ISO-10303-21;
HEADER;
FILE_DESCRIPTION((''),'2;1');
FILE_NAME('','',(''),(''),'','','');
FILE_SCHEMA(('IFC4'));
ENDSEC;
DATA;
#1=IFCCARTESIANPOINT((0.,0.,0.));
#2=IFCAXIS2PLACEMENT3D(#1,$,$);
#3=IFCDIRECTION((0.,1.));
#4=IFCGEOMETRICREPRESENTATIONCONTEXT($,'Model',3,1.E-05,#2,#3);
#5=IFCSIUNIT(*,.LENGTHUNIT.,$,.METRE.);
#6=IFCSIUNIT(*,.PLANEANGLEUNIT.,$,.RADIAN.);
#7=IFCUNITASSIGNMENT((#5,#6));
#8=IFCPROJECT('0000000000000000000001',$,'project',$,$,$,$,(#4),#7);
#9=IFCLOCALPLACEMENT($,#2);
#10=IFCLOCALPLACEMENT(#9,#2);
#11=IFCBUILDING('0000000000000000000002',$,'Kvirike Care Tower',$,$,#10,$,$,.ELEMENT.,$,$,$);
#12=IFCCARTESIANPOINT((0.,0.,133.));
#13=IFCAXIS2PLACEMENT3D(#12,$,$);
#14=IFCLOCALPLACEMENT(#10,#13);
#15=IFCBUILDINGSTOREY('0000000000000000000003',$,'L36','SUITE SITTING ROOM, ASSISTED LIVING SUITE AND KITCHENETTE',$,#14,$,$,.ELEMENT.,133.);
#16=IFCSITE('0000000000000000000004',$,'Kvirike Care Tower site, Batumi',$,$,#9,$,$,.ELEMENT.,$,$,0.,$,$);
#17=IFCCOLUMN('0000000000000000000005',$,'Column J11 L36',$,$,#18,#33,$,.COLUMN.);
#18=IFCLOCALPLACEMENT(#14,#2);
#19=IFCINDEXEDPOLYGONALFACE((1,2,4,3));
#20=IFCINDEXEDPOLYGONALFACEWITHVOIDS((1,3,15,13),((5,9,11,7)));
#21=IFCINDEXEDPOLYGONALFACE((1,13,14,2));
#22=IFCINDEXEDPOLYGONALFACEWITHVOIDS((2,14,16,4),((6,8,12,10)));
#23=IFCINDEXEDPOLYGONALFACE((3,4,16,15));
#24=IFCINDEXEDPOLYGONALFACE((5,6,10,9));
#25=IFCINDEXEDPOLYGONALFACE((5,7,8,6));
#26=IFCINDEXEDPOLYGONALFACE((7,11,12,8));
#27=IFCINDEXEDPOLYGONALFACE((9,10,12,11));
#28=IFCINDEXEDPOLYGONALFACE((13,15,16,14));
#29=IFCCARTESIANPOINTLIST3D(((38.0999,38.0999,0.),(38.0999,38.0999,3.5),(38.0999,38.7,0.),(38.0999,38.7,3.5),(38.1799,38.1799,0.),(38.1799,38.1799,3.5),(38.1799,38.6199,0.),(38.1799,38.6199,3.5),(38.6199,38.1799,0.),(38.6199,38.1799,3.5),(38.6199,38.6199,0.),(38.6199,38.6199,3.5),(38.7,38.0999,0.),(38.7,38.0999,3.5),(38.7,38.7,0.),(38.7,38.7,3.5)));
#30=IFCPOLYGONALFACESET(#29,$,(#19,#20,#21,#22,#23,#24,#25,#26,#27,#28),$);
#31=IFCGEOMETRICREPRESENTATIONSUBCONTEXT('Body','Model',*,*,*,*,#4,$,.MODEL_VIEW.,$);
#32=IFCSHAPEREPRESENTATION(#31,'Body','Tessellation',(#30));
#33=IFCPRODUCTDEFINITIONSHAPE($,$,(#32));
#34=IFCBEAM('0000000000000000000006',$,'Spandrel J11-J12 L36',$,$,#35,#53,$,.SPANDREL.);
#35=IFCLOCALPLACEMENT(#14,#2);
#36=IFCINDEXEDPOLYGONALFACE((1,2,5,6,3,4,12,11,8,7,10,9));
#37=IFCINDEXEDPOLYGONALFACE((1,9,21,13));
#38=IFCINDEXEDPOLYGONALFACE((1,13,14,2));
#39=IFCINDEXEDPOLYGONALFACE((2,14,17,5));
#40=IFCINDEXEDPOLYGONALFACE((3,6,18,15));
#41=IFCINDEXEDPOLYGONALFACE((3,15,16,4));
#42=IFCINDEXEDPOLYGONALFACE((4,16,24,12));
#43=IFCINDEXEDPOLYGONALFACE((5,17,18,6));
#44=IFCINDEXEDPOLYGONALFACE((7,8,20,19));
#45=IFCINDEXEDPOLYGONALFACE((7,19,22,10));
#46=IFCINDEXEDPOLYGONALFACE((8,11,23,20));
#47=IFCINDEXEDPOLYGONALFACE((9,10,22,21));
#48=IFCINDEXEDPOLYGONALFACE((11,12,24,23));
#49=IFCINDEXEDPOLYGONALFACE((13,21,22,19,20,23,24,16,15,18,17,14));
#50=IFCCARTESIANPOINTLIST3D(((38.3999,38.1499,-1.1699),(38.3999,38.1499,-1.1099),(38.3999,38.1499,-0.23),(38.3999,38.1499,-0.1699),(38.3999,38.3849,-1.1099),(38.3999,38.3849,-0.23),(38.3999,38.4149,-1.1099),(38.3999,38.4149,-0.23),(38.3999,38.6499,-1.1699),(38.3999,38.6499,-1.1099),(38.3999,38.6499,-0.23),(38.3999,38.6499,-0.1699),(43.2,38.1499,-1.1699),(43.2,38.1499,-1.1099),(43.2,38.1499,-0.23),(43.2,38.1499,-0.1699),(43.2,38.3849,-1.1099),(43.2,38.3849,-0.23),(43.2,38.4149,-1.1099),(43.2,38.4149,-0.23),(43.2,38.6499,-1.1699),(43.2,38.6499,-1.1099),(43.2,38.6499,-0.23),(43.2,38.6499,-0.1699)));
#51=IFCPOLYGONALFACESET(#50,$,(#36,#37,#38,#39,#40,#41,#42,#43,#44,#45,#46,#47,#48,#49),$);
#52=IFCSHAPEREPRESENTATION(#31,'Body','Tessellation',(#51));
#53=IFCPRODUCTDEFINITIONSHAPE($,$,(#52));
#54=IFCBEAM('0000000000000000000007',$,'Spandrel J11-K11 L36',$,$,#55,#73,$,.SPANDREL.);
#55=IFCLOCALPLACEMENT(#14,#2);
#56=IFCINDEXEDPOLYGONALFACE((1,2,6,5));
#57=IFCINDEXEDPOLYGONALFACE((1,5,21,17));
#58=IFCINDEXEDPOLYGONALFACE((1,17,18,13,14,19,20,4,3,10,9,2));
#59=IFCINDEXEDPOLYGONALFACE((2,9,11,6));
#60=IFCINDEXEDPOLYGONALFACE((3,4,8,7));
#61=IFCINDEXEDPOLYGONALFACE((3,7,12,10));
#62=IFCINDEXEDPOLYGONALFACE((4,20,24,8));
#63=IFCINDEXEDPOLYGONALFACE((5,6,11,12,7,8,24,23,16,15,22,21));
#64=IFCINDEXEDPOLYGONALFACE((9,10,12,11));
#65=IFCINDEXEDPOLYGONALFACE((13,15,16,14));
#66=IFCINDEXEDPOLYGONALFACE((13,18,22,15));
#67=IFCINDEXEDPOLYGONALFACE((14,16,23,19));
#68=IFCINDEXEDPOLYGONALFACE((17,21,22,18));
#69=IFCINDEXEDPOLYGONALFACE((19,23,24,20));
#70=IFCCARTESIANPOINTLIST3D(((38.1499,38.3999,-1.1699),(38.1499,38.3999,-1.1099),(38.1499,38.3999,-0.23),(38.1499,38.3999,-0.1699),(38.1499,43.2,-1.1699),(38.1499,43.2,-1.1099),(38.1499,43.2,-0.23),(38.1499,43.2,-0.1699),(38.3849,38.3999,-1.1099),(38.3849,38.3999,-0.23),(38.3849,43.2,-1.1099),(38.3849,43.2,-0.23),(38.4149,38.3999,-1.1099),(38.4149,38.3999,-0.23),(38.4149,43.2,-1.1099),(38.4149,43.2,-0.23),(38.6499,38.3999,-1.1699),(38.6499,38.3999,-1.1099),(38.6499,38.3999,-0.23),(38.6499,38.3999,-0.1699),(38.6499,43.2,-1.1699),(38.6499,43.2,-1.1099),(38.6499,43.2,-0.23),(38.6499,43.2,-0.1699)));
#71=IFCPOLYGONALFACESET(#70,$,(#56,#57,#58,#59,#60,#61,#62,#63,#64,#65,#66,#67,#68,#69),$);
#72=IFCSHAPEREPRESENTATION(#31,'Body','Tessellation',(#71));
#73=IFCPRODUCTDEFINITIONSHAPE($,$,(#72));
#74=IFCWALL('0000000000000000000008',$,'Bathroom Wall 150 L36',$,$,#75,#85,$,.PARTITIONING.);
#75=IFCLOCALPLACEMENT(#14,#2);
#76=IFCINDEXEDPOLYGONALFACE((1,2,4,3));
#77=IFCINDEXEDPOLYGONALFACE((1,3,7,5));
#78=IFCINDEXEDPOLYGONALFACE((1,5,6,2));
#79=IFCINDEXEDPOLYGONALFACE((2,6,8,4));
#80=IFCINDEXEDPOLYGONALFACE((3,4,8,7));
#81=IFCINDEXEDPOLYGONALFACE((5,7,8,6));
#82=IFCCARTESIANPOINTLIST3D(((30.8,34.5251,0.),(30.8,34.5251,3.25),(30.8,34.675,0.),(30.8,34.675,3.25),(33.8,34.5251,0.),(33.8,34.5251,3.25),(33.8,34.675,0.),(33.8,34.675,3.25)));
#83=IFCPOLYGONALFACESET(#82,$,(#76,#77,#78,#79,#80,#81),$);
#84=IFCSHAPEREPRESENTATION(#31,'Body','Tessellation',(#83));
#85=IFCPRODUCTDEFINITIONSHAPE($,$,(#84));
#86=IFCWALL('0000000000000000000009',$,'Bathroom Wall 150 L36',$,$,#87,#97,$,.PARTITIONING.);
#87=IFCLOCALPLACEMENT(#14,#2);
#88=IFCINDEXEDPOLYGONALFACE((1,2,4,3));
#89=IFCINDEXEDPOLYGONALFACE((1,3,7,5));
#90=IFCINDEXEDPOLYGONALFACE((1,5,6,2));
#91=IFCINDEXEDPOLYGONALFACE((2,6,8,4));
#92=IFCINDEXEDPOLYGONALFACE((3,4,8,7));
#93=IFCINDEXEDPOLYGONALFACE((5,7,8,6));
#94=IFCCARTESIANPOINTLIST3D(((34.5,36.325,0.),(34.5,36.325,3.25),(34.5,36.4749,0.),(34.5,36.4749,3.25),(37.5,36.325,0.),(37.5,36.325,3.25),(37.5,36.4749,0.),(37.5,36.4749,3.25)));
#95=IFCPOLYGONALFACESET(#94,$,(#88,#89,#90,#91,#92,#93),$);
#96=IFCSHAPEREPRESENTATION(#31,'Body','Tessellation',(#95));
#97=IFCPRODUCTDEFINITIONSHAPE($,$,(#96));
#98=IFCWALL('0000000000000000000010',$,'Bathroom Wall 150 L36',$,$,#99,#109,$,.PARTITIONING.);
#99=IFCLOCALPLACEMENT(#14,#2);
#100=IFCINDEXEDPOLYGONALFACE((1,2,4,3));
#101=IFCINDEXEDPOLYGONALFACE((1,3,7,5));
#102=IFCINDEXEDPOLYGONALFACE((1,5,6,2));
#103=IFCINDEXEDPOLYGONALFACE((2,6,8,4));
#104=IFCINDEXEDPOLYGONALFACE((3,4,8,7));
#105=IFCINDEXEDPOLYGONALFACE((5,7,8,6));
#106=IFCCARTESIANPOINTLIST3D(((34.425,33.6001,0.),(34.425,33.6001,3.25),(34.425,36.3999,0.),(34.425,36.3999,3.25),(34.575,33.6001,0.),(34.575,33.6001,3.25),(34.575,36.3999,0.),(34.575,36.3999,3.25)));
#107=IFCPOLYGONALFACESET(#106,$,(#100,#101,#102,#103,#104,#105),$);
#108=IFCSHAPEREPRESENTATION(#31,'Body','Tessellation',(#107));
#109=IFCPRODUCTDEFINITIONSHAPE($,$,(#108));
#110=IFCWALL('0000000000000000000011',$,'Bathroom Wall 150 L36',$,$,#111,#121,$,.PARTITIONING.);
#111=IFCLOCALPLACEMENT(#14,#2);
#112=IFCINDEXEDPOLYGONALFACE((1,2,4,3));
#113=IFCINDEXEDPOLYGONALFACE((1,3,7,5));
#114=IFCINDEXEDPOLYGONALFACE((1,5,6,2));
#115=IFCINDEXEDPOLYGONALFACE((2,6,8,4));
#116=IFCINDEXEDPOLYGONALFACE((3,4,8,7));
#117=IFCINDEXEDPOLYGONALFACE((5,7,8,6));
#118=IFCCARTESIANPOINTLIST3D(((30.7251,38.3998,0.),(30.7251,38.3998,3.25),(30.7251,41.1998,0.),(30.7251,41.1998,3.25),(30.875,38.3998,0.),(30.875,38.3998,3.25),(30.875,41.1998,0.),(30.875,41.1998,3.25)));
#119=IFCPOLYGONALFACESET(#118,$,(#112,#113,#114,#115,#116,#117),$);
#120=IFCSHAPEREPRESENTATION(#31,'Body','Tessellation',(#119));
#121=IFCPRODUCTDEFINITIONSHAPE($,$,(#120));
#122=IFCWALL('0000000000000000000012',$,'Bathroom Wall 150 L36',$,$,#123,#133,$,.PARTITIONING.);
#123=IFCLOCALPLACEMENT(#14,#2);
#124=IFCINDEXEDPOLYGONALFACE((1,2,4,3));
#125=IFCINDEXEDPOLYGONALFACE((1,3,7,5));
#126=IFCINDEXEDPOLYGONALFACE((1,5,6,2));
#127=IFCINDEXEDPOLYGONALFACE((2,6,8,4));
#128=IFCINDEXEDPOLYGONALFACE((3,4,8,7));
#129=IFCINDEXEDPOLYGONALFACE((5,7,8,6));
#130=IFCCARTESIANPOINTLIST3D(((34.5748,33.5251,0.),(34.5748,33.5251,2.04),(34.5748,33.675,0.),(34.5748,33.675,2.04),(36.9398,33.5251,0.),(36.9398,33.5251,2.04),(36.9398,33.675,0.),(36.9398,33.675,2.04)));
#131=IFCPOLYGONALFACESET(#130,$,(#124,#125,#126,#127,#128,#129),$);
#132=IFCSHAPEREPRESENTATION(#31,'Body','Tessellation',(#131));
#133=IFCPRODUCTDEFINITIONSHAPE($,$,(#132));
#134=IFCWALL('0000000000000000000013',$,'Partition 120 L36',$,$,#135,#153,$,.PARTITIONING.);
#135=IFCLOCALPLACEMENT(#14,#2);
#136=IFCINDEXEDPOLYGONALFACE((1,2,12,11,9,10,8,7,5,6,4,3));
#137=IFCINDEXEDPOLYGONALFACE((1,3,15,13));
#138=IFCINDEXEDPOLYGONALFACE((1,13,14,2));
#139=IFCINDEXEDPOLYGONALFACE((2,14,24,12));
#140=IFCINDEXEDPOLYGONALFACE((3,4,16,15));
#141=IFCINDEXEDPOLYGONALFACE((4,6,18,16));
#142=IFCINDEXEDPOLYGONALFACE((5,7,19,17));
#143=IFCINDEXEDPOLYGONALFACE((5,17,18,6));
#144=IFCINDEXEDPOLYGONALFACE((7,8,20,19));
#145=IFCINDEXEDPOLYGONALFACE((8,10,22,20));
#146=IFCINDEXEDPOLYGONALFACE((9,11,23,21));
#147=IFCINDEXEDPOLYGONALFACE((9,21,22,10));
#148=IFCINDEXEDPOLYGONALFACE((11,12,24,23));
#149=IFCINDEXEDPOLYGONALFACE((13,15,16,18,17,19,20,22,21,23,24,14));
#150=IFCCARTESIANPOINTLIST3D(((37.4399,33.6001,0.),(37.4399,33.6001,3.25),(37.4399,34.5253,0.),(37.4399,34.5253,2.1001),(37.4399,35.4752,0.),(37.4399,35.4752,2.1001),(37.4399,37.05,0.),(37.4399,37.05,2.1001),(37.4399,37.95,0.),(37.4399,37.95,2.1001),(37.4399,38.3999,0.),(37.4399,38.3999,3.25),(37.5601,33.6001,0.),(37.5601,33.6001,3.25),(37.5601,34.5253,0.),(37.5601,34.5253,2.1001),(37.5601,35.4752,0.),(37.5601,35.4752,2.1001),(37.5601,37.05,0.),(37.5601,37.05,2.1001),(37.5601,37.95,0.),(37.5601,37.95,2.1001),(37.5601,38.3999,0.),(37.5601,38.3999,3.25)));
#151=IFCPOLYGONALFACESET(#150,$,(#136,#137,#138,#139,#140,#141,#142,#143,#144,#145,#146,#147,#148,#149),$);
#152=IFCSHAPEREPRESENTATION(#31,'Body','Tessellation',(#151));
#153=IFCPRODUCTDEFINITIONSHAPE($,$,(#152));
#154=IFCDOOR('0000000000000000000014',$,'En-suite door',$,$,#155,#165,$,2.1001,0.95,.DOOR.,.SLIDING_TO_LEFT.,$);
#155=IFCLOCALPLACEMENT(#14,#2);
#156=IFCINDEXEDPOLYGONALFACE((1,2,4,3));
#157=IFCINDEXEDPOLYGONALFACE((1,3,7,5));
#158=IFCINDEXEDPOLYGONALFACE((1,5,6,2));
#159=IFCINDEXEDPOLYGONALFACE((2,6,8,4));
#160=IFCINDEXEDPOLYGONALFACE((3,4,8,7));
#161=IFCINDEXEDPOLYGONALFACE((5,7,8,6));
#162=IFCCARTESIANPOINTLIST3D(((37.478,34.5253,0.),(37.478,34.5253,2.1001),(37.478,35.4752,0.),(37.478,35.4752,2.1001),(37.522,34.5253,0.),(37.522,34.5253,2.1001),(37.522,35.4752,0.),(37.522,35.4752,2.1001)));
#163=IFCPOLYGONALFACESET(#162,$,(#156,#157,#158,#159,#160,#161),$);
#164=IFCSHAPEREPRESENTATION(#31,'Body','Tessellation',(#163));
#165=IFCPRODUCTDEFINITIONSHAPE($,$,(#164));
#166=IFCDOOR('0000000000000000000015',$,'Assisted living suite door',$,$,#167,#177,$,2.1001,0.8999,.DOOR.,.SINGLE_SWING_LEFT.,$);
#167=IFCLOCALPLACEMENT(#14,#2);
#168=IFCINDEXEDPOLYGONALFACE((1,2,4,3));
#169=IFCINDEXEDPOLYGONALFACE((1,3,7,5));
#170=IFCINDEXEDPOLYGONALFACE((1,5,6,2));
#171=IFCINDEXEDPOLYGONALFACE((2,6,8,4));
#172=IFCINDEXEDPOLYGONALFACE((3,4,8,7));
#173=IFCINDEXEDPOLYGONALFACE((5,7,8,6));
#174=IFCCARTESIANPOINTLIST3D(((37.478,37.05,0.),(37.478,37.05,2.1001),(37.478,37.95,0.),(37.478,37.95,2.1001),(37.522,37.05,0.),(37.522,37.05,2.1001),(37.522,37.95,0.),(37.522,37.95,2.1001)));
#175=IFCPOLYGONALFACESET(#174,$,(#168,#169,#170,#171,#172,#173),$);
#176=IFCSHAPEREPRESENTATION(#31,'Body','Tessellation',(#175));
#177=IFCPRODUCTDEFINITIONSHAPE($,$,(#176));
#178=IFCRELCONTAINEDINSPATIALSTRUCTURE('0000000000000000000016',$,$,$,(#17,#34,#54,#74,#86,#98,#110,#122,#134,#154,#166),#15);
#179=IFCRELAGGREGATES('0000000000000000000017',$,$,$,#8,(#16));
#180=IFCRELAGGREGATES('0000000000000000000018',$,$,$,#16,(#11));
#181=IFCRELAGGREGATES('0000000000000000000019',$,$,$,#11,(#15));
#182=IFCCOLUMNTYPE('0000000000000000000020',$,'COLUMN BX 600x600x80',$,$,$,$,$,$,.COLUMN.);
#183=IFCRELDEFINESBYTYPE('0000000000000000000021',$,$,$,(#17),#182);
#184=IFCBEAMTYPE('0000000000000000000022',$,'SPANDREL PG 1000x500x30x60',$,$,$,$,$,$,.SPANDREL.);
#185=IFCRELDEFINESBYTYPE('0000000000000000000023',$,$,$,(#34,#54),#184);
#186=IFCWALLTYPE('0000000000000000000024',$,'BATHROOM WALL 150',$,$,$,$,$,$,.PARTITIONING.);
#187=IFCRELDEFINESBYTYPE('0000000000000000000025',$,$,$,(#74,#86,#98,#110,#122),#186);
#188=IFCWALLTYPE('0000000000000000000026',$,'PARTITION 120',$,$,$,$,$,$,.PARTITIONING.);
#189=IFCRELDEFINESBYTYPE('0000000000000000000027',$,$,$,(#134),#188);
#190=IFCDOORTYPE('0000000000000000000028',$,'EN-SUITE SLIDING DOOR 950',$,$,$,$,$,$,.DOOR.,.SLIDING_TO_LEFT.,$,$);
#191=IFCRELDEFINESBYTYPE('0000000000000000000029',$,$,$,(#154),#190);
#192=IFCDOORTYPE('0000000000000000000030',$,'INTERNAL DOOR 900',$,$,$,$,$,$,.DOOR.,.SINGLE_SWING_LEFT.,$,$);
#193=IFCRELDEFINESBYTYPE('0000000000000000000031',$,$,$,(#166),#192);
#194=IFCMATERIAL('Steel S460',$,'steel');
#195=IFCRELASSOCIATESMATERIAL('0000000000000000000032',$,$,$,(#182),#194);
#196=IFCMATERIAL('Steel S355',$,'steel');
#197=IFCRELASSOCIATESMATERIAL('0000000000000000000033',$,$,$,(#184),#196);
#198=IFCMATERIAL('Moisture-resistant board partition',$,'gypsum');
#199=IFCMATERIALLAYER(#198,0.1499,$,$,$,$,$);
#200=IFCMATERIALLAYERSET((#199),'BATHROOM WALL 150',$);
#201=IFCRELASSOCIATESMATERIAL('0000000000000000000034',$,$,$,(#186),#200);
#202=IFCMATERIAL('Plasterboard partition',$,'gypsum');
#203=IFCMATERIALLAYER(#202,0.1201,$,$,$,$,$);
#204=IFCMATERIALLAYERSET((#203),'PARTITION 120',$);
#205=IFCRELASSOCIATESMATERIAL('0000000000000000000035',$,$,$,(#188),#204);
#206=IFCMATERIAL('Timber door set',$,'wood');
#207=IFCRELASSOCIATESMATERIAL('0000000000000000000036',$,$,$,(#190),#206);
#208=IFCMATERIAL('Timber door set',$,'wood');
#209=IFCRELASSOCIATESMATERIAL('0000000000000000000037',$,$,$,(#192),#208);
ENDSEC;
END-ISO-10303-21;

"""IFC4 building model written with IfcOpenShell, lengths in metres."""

from ifc_helpers import new_model, si_unit, direction, frame, frame_2d, origin, origin_2d, place, context, subcontext, project, spatial, rectangle, hollow_rectangle, i_section, extrude, material, layer, layer_set, material_profile, profile_set, type_object, element, fill, save


model = new_model("IFC4")

# Units and contexts
model_context = context("Model", 3, precision=1e-05, world=origin(), true_north=direction((0.0, 1.0)))
body_context = subcontext(model_context, "Body", "Model", "MODEL_VIEW")
ifc_project = project(units=[si_unit("LENGTHUNIT", "METRE"), si_unit("PLANEANGLEUNIT", "RADIAN")], contexts=[model_context])

# Site, building, storey
site_placement = place(None, origin())
site = spatial("IfcSite", under=ifc_project, at=site_placement, Name="Kvirike Care Tower site, Batumi", CompositionType="ELEMENT", RefElevation=0.0)
building_placement = place(site_placement, origin())
building = spatial("IfcBuilding", under=site, at=building_placement, Name="Kvirike Care Tower", CompositionType="ELEMENT")
storey_placement = place(building_placement, frame((0.0, 0.0, 133.0)))
storey = spatial("IfcBuildingStorey", under=building, at=storey_placement, Name="L36", Description="SUITE SITTING ROOM, ASSISTED LIVING SUITE AND KITCHENETTE", CompositionType="ELEMENT", Elevation=133.0)

# Column
ifc_material_1 = material(Name="Steel S460", Category="steel")
ifc_material_profile_1 = material_profile(ifc_material_1, hollow_rectangle(XDim=0.6001, YDim=0.6001, WallThickness=0.0801, at=origin_2d()), Name="BX 600x600x80")
ifc_profile_set_1 = profile_set([ifc_material_profile_1], Name="Steel S460")
column_type = type_object("IfcColumnType", Name="COLUMN BX 600x600x80", PredefinedType="COLUMN", material=ifc_profile_set_1)
column_placement = place(storey_placement, frame((38.3999, 38.3999, 0.0), z_axis=(0.0, 0.0, 1.0), x_axis=(0.0, 1.0, 0.0)))
element("IfcColumn", 1, at=column_placement, inside=storey, type_object=column_type, Name="Column J11 L36", PredefinedType="COLUMN", context=body_context, shape_type="SweptSolid", body=[
    extrude(hollow_rectangle(XDim=0.6001, YDim=0.6001, WallThickness=0.0801, at=origin_2d()), origin(), (0.0, 0.0, 1.0), 3.5),
])

# Beams
ifc_material_2 = material(Name="Steel S355", Category="steel")
ifc_material_profile_2 = material_profile(ifc_material_2, i_section(OverallWidth=0.5, OverallDepth=1.0, WebThickness=0.03, FlangeThickness=0.0601, at=origin_2d()), Name="PG 1000x500x30x60")
ifc_profile_set_2 = profile_set([ifc_material_profile_2], Name="Steel S355")
beam_type = type_object("IfcBeamType", Name="SPANDREL PG 1000x500x30x60", PredefinedType="SPANDREL", material=ifc_profile_set_2)
for number, where, z_axis, x_axis, name in (
    (2, (38.3999, 38.3999, -0.6699), (1.0, 0.0, 0.0), (0.0, 1.0, 0.0), "Spandrel J11-J12 L36"),
    (3, (38.3999, 38.3999, -0.6699), (0.0, 1.0, 0.0), (-1.0, 0.0, 0.0), "Spandrel J11-K11 L36"),
):
    element("IfcBeam", number, at=place(storey_placement, frame(where, z_axis=z_axis, x_axis=x_axis)), inside=storey, type_object=beam_type, Name=name, PredefinedType="SPANDREL", context=body_context, shape_type="SweptSolid", body=[
        extrude(i_section(OverallWidth=0.5, OverallDepth=1.0, WebThickness=0.03, FlangeThickness=0.0601, at=origin_2d()), origin(), (0.0, 0.0, 1.0), 4.8),
    ])

# Walls
ifc_material_3 = material(Name="Moisture-resistant board partition", Category="gypsum")
ifc_layer_1 = layer(ifc_material_3, 0.1499)
ifc_layer_set_1 = layer_set([ifc_layer_1], Name="BATHROOM WALL 150")
wall_type_1 = type_object("IfcWallType", Name="BATHROOM WALL 150", PredefinedType="PARTITIONING", material=ifc_layer_set_1)
for number, where, z_axis, x_axis, name in (
    (4, (33.8, 34.6001, 0.0), (0.0, 0.0, 1.0), (-1.0, 0.0, 0.0), "Bathroom Wall 150 L36"),
    (5, (37.5, 36.3999, 0.0), (0.0, 0.0, 1.0), (-1.0, 0.0, 0.0), "Bathroom Wall 150 L36"),
):
    element("IfcWall", number, at=place(storey_placement, frame(where, z_axis=z_axis, x_axis=x_axis)), inside=storey, type_object=wall_type_1, Name=name, PredefinedType="PARTITIONING", context=body_context, shape_type="SweptSolid", body=[
        extrude(rectangle(XDim=3.0, YDim=0.1499, at=frame_2d((1.5, 0.0))), origin(), (0.0, 0.0, 1.0), 3.25),
    ])
wall_1_placement = place(storey_placement, frame((34.5, 33.6001, 0.0), z_axis=(0.0, 0.0, 1.0), x_axis=(0.0, 1.0, 0.0)))
element("IfcWall", 6, at=wall_1_placement, inside=storey, type_object=wall_type_1, Name="Bathroom Wall 150 L36", PredefinedType="PARTITIONING", context=body_context, shape_type="SweptSolid", body=[
    extrude(rectangle(XDim=2.7998, YDim=0.1499, at=frame_2d((1.3999, 0.0))), origin(), (0.0, 0.0, 1.0), 3.25),
])
wall_2_placement = place(storey_placement, frame((30.8, 38.3999, 0.0), z_axis=(0.0, 0.0, 1.0), x_axis=(0.0, 1.0, 0.0)))
element("IfcWall", 7, at=wall_2_placement, inside=storey, type_object=wall_type_1, Name="Bathroom Wall 150 L36", PredefinedType="PARTITIONING", context=body_context, shape_type="SweptSolid", body=[
    extrude(rectangle(XDim=2.8, YDim=0.1499, at=frame_2d((1.3999, 0.0))), origin(), (0.0, 0.0, 1.0), 3.25),
])
wall_3_placement = place(storey_placement, frame((36.9399, 33.6001, 0.0), z_axis=(0.0, 0.0, 1.0), x_axis=(-1.0, 0.0, 0.0)))
element("IfcWall", 8, at=wall_3_placement, inside=storey, type_object=wall_type_1, Name="Bathroom Wall 150 L36", PredefinedType="PARTITIONING", context=body_context, shape_type="SweptSolid", body=[
    extrude(rectangle(XDim=2.365, YDim=0.1499, at=frame_2d((1.1826, 0.0))), origin(), (0.0, 0.0, 1.0), 2.04),
])

# Wall, openings, doors
ifc_material_4 = material(Name="Plasterboard partition", Category="gypsum")
ifc_layer_2 = layer(ifc_material_4, 0.1201)
ifc_layer_set_2 = layer_set([ifc_layer_2], Name="PARTITION 120")
wall_type_2 = type_object("IfcWallType", Name="PARTITION 120", PredefinedType="PARTITIONING", material=ifc_layer_set_2)
wall_4_placement = place(storey_placement, frame((37.5, 33.6001, 0.0), z_axis=(0.0, 0.0, 1.0), x_axis=(0.0, 1.0, 0.0)))
wall_4 = element("IfcWall", 9, at=wall_4_placement, inside=storey, type_object=wall_type_2, Name="Partition 120 L36", PredefinedType="PARTITIONING", context=body_context, shape_type="SweptSolid", body=[
    extrude(rectangle(XDim=4.7998, YDim=0.1201, at=frame_2d((2.3999, 0.0))), origin(), (0.0, 0.0, 1.0), 3.25),
])
opening_1_placement = place(wall_4_placement, frame((3.45, 0.0, 0.0)))
opening_1 = element("IfcOpeningElement", 10, at=opening_1_placement, cuts=wall_4, PredefinedType="OPENING", context=body_context, shape_type="SweptSolid", body=[
    extrude(rectangle(XDim=0.8999, YDim=2.1001, at=frame_2d((0.45, 1.05))), frame((0.0, 0.0706, 0.0), z_axis=(0.0, -1.0, 0.0), x_axis=(1.0, 0.0, 0.0)), (0.0, 0.0, 1.0), 0.1411),
])
opening_2_placement = place(wall_4_placement, frame((0.925, 0.0, 0.0)))
opening_2 = element("IfcOpeningElement", 11, at=opening_2_placement, cuts=wall_4, PredefinedType="OPENING", context=body_context, shape_type="SweptSolid", body=[
    extrude(rectangle(XDim=0.95, YDim=2.1001, at=frame_2d((0.4751, 1.05))), frame((0.0, 0.0706, 0.0), z_axis=(0.0, -1.0, 0.0), x_axis=(1.0, 0.0, 0.0)), (0.0, 0.0, 1.0), 0.1411),
])
ifc_material_5 = material(Name="Timber door set", Category="wood")
door_type_1 = type_object("IfcDoorType", Name="EN-SUITE SLIDING DOOR 950", OperationType="SLIDING_TO_LEFT", PredefinedType="DOOR", material=ifc_material_5)
door_1_placement = place(opening_2_placement, origin())
door_1 = element("IfcDoor", 12, at=door_1_placement, inside=storey, type_object=door_type_1, Name="En-suite door", OperationType="SLIDING_TO_LEFT", OverallHeight=2.1001, OverallWidth=0.95, PredefinedType="DOOR", context=body_context, shape_type="SweptSolid", body=[
    extrude(rectangle(XDim=0.95, YDim=2.1001, at=frame_2d((0.4751, 1.05))), frame((0.0, 0.022, 0.0), z_axis=(0.0, -1.0, 0.0), x_axis=(1.0, 0.0, 0.0)), (0.0, 0.0, 1.0), 0.0439),
])
fill(opening_2, door_1)
ifc_material_6 = material(Name="Timber door set", Category="wood")
door_type_2 = type_object("IfcDoorType", Name="INTERNAL DOOR 900", OperationType="SINGLE_SWING_LEFT", PredefinedType="DOOR", material=ifc_material_6)
door_2_placement = place(opening_1_placement, origin())
door_2 = element("IfcDoor", 13, at=door_2_placement, inside=storey, type_object=door_type_2, Name="Assisted living suite door", OperationType="SINGLE_SWING_LEFT", OverallHeight=2.1001, OverallWidth=0.8999, PredefinedType="DOOR", context=body_context, shape_type="SweptSolid", body=[
    extrude(rectangle(XDim=0.8999, YDim=2.1001, at=frame_2d((0.45, 1.05))), frame((0.0, 0.022, 0.0), z_axis=(0.0, -1.0, 0.0), x_axis=(1.0, 0.0, 0.0)), (0.0, 0.0, 1.0), 0.0439),
])
fill(opening_1, door_2)

save(model, "model.ifc")
